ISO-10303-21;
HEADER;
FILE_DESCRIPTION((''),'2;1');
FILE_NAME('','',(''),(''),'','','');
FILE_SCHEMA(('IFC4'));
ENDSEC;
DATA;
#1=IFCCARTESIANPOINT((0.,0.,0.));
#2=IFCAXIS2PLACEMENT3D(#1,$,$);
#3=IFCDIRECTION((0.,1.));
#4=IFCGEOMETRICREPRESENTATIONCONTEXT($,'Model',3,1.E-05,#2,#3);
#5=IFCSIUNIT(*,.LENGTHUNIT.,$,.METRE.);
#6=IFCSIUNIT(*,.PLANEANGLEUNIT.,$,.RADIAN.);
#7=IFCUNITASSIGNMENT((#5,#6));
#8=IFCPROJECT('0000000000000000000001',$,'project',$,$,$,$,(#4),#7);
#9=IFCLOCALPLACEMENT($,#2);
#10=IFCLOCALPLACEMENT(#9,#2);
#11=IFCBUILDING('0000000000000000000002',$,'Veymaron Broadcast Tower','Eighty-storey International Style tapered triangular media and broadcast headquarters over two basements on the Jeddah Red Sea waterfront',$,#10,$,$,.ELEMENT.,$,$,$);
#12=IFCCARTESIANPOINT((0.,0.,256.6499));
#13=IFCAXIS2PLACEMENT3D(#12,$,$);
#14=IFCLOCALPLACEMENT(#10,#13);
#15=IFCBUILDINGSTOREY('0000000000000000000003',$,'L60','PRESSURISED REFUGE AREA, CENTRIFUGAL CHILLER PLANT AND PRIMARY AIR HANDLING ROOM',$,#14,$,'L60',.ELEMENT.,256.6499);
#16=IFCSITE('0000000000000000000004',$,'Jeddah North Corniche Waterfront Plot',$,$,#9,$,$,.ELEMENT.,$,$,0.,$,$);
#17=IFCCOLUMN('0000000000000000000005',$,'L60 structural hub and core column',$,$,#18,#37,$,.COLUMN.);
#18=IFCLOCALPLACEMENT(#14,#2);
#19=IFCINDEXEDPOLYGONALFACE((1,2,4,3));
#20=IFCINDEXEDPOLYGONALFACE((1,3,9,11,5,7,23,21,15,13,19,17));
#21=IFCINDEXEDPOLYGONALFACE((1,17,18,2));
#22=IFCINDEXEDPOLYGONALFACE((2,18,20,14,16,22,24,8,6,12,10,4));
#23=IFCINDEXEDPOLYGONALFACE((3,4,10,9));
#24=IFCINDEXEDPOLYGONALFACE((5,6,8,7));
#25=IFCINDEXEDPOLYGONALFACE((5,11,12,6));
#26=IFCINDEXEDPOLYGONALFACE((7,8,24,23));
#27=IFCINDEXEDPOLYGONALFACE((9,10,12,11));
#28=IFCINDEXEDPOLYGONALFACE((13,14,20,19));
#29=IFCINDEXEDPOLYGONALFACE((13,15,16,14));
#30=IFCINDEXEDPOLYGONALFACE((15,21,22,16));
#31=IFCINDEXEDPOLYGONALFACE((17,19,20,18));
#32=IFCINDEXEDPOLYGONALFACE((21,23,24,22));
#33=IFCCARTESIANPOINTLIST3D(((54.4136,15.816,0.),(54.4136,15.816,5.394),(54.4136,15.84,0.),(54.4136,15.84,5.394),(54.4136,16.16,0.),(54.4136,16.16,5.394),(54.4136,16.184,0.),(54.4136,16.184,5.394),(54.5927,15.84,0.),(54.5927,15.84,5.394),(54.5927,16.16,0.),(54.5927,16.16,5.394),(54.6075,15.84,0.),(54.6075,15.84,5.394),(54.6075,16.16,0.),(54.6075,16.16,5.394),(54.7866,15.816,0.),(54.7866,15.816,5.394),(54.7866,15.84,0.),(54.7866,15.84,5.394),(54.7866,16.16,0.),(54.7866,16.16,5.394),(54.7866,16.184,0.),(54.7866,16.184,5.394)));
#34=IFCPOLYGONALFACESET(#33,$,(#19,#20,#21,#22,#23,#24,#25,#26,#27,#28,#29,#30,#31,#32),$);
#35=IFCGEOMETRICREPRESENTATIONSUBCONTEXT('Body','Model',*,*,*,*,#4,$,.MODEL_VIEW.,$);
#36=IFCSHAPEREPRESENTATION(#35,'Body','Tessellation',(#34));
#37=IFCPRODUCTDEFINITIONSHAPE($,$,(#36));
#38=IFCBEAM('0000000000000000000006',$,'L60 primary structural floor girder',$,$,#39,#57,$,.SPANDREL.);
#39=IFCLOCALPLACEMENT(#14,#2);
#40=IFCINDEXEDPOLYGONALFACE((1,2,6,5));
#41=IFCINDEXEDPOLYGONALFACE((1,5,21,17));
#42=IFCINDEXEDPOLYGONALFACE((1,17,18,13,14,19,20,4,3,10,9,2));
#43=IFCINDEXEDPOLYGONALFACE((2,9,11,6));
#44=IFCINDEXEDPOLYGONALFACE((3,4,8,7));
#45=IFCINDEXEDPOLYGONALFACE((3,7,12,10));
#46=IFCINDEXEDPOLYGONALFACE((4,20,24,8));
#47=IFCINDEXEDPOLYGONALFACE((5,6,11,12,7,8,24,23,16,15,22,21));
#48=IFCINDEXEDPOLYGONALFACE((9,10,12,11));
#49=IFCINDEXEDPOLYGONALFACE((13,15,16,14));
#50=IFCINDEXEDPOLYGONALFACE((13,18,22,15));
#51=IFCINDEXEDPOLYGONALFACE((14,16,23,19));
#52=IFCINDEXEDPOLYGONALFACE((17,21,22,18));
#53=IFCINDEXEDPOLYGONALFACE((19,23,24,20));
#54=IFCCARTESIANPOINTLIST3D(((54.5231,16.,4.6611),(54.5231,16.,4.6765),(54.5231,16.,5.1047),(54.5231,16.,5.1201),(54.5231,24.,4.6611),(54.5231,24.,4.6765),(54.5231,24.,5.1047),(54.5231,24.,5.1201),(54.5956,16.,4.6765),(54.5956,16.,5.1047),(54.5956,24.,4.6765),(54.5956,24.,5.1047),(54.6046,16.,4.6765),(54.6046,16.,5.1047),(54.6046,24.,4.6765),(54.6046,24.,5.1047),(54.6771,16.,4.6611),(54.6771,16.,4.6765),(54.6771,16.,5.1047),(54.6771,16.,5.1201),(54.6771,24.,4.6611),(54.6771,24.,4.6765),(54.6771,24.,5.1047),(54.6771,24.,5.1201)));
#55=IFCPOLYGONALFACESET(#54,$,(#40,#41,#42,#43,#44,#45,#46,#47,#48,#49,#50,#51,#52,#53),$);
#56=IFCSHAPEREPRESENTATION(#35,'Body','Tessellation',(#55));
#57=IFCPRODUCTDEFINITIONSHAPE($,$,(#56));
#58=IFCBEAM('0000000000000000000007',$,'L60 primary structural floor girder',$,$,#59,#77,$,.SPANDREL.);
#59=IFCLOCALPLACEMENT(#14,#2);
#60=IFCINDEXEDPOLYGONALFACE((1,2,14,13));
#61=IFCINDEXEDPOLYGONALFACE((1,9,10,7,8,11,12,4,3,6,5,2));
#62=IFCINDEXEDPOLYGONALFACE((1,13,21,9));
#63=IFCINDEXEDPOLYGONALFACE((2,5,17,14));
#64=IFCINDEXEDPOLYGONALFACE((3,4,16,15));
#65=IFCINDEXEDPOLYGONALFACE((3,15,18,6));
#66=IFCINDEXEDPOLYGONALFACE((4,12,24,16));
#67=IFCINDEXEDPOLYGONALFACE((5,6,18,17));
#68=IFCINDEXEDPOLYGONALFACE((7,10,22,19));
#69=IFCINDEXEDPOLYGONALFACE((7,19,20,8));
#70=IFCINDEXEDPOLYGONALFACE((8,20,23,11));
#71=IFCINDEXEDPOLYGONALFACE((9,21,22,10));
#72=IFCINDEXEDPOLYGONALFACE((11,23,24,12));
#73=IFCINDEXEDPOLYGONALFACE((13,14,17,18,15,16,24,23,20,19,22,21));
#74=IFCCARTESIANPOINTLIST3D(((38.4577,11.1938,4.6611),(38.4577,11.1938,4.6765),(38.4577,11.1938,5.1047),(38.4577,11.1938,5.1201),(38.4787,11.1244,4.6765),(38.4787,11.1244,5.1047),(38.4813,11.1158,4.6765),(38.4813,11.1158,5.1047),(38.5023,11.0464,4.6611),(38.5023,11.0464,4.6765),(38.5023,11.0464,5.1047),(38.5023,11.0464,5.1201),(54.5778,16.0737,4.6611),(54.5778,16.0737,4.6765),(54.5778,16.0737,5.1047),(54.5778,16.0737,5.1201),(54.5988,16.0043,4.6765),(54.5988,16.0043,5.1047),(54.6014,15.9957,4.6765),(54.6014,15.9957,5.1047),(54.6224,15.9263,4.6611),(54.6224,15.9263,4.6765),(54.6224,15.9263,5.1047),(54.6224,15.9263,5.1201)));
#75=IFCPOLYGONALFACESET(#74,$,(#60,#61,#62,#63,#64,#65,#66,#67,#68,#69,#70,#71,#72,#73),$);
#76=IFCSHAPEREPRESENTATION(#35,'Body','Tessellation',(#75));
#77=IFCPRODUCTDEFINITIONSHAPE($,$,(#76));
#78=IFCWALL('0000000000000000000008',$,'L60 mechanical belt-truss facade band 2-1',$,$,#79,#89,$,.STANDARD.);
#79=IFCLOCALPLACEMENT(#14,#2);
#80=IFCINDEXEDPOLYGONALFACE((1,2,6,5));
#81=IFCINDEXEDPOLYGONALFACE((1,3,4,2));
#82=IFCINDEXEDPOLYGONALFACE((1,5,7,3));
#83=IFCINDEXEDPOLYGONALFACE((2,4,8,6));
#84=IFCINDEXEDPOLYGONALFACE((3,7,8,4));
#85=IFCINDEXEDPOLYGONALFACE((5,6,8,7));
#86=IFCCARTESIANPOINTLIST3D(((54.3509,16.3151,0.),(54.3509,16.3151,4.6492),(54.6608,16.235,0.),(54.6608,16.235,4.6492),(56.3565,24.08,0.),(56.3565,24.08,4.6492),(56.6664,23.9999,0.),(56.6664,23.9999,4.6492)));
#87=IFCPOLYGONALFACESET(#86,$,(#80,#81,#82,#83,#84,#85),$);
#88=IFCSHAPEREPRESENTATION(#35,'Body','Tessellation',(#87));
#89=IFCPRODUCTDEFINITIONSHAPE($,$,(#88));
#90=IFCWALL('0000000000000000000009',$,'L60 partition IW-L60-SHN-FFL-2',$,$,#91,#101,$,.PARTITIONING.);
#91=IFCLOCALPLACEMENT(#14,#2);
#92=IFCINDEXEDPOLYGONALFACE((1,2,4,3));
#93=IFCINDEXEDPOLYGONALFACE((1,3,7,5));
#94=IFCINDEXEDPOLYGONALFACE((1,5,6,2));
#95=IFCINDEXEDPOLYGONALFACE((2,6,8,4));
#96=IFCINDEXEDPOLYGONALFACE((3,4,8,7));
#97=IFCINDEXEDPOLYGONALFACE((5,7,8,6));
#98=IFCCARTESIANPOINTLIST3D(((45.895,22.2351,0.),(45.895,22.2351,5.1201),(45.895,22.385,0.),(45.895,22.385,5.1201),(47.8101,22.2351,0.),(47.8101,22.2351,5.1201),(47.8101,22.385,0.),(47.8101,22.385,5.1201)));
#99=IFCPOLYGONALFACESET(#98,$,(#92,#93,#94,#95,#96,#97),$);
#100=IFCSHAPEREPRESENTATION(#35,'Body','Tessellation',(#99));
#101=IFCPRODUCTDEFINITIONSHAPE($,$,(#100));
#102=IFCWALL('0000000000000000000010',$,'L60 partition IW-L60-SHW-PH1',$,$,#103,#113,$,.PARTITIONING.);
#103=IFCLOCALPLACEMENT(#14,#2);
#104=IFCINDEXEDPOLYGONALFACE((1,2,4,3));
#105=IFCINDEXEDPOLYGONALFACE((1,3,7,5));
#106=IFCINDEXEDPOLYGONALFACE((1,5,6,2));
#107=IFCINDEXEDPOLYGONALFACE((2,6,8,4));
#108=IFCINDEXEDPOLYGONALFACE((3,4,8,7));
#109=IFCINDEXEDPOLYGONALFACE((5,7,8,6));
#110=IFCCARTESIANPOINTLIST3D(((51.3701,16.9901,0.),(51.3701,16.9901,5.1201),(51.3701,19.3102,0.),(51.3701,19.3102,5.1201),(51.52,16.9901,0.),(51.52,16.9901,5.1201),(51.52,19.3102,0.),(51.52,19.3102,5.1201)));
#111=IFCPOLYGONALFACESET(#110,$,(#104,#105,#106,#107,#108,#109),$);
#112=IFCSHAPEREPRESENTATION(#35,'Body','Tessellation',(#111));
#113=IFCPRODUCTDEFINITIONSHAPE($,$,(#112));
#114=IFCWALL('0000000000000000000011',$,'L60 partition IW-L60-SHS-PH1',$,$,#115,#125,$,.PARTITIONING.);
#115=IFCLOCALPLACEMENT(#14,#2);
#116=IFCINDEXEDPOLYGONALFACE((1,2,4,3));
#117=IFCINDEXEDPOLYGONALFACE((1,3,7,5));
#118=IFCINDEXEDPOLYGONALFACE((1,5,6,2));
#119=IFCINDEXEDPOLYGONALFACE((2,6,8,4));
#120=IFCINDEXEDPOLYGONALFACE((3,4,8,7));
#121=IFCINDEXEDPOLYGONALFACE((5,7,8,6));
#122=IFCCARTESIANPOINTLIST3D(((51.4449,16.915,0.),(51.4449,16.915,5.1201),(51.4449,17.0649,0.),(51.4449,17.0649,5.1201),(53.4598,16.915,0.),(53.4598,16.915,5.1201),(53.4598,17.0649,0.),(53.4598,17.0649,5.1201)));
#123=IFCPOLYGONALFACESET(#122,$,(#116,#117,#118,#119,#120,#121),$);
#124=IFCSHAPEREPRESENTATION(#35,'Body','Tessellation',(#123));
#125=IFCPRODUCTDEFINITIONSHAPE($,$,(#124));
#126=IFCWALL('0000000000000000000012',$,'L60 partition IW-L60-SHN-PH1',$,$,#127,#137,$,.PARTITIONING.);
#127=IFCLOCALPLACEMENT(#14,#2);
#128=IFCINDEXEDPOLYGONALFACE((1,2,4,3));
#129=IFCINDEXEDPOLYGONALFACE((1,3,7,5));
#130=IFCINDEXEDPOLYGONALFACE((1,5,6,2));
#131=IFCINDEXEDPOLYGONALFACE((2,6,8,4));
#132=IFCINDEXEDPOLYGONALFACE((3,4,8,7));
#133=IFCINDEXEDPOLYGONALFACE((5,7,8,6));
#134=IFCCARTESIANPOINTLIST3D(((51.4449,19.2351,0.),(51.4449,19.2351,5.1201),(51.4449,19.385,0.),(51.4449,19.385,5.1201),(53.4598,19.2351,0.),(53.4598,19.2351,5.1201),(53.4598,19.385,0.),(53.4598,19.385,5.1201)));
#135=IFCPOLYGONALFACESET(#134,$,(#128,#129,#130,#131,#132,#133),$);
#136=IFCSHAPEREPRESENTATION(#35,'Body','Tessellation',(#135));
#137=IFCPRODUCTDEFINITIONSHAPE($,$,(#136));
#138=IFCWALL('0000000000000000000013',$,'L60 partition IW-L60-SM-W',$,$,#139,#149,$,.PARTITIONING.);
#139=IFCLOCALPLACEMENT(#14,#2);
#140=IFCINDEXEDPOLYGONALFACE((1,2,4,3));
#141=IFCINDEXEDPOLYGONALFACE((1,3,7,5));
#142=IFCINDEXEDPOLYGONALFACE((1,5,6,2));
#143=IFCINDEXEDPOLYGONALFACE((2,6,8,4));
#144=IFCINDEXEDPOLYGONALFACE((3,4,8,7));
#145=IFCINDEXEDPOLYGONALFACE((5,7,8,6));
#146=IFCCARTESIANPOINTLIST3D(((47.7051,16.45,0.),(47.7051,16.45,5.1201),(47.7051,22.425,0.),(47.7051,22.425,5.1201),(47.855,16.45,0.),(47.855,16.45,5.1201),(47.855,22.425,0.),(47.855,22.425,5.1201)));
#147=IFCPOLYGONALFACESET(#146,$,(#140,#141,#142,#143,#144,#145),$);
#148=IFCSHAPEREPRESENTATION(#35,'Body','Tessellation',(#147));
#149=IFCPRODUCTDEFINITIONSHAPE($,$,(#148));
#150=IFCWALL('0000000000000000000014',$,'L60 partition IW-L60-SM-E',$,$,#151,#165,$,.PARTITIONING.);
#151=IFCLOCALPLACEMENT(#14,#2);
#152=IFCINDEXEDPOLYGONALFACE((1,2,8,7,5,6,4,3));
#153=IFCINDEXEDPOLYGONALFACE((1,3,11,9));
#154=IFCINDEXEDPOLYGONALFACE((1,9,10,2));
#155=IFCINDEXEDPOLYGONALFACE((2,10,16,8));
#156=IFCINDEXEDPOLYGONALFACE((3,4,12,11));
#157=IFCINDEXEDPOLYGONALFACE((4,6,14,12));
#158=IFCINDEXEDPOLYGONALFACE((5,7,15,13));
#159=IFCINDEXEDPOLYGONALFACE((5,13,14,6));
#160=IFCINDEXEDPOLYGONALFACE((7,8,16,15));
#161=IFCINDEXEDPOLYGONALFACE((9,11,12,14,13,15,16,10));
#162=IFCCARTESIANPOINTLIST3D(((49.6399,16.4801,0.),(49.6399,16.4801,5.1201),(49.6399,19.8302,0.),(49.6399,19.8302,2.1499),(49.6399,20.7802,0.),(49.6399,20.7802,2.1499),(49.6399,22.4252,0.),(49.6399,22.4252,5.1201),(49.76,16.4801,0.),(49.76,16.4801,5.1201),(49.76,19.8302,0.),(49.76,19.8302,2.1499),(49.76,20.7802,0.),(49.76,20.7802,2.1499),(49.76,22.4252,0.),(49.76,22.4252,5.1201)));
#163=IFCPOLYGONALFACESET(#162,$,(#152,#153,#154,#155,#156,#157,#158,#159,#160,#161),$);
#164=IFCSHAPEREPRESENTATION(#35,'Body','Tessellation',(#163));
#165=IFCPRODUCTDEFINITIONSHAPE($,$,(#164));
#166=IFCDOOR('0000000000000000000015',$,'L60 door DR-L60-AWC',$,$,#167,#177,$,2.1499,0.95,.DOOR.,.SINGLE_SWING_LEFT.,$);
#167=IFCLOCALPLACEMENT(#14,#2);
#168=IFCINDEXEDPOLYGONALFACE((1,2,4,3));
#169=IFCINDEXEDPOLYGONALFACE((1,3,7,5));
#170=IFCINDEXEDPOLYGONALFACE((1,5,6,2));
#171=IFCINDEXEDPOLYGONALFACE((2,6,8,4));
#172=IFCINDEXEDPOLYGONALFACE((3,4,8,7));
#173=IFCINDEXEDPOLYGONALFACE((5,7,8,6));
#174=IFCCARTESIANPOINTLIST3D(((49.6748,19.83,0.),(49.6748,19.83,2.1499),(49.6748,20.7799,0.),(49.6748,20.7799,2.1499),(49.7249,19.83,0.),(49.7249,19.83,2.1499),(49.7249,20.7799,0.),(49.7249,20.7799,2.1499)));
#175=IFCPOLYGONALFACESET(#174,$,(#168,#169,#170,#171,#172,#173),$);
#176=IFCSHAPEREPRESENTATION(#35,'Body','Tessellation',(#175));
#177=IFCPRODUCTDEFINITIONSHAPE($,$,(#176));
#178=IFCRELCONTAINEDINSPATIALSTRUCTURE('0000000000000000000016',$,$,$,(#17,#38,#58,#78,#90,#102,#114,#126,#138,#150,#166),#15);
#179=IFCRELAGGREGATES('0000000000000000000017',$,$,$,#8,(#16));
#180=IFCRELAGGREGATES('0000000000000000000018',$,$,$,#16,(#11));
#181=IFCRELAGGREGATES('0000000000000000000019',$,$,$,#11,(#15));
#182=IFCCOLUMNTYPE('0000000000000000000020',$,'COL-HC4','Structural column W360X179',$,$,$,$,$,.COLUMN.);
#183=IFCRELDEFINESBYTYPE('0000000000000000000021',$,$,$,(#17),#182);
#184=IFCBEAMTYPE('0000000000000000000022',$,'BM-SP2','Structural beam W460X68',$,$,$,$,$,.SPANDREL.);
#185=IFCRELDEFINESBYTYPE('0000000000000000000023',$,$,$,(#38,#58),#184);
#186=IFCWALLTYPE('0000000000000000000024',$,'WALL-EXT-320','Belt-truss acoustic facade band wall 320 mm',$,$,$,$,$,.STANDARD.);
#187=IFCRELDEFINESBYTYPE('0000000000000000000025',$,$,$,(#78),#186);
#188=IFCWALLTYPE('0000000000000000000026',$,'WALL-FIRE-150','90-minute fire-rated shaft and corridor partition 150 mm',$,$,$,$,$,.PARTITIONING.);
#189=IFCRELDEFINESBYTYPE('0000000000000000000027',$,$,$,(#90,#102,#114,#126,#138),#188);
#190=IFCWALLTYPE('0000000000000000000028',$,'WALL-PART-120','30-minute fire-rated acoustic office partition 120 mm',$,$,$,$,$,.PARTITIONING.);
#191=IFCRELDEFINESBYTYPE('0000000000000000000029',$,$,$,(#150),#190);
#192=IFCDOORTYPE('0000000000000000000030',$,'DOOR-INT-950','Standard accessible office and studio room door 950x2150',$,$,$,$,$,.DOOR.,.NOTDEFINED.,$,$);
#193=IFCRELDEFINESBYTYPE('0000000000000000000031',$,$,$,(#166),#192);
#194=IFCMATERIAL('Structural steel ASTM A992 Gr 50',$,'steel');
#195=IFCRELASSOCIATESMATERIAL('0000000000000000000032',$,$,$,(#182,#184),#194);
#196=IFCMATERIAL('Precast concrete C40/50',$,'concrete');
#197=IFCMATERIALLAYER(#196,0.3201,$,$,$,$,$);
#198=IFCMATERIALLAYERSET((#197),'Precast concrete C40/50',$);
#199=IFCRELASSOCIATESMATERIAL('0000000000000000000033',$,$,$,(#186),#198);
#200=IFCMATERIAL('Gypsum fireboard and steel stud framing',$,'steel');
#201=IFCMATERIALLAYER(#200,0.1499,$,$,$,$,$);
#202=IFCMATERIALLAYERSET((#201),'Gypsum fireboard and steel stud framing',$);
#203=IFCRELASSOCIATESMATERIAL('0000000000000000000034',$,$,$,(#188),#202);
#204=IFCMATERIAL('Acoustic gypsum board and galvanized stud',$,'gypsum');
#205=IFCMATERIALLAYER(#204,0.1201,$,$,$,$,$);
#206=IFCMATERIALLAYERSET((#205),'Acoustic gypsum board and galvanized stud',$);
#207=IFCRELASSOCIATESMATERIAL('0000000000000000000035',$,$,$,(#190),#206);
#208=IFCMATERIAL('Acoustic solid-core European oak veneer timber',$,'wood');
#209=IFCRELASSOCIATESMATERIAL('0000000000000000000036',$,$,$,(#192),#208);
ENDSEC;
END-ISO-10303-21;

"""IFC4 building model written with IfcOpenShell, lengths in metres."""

from ifc_helpers import new_model, si_unit, direction, frame, frame_2d, origin, origin_2d, place, context, subcontext, project, spatial, rectangle, i_section, extrude, material, layer, layer_set, material_profile, profile_set, type_object, element, fill, save


model = new_model("IFC4")

# Units and contexts
model_context = context("Model", 3, precision=1e-05, world=origin(), true_north=direction((0.0, 1.0)))
body_context = subcontext(model_context, "Body", "Model", "MODEL_VIEW")
ifc_project = project(units=[si_unit("LENGTHUNIT", "METRE"), si_unit("PLANEANGLEUNIT", "RADIAN")], contexts=[model_context])

# Site, building, storey
site_placement = place(None, origin())
site = spatial("IfcSite", under=ifc_project, at=site_placement, Name="Jeddah North Corniche Waterfront Plot", CompositionType="ELEMENT", RefElevation=0.0)
building_placement = place(site_placement, origin())
building = spatial("IfcBuilding", under=site, at=building_placement, Name="Veymaron Broadcast Tower", Description="Eighty-storey International Style tapered triangular media and broadcast headquarters over two basements on the Jeddah Red Sea waterfront", CompositionType="ELEMENT")
storey_placement = place(building_placement, frame((0.0, 0.0, 256.6499)))
storey = spatial("IfcBuildingStorey", under=building, at=storey_placement, Name="L60", Description="PRESSURISED REFUGE AREA, CENTRIFUGAL CHILLER PLANT AND PRIMARY AIR HANDLING ROOM", LongName="L60", CompositionType="ELEMENT", Elevation=256.6499)

# Column
ifc_material_1 = material(Name="Structural steel ASTM A992 Gr 50", Category="steel")
ifc_material_profile_1 = material_profile(ifc_material_1, i_section(OverallWidth=0.373, OverallDepth=0.3679, WebThickness=0.0149, FlangeThickness=0.0239, at=origin_2d()), Name="W360X179")
ifc_profile_set_1 = profile_set([ifc_material_profile_1], Name="Structural steel ASTM A992 Gr 50")
column_type = type_object("IfcColumnType", Name="COL-HC4", Description="Structural column W360X179", PredefinedType="COLUMN", material=ifc_profile_set_1)
column_placement = place(storey_placement, frame((54.6001, 16.0, 0.0), z_axis=(0.0, 0.0, 1.0), x_axis=(1.0, 0.0, 0.0)))
element("IfcColumn", 1, at=column_placement, inside=storey, type_object=column_type, Name="L60 structural hub and core column", PredefinedType="COLUMN", context=body_context, shape_type="SweptSolid", body=[
    extrude(i_section(OverallWidth=0.373, OverallDepth=0.3679, WebThickness=0.0149, FlangeThickness=0.0239, at=origin_2d()), origin(), (0.0, 0.0, 1.0), 5.394),
])

# Beams
ifc_material_profile_2 = material_profile(ifc_material_1, i_section(OverallWidth=0.1541, OverallDepth=0.459, WebThickness=0.009, FlangeThickness=0.0154, at=origin_2d()), Name="W460X68")
ifc_profile_set_2 = profile_set([ifc_material_profile_2], Name="Structural steel ASTM A992 Gr 50")
beam_type = type_object("IfcBeamType", Name="BM-SP2", Description="Structural beam W460X68", PredefinedType="SPANDREL", material=ifc_profile_set_2)
beam_1_placement = place(storey_placement, frame((54.6001, 16.0, 4.8906), z_axis=(0.0, 1.0, 0.0), x_axis=(-1.0, 0.0, 0.0)))
element("IfcBeam", 2, at=beam_1_placement, inside=storey, type_object=beam_type, Name="L60 primary structural floor girder", PredefinedType="SPANDREL", context=body_context, shape_type="SweptSolid", body=[
    extrude(i_section(OverallWidth=0.1541, OverallDepth=0.459, WebThickness=0.009, FlangeThickness=0.0154, at=origin_2d()), origin(), (0.0, 0.0, 1.0), 8.0),
])
beam_2_placement = place(storey_placement, frame((54.6001, 16.0, 4.8906), z_axis=(-0.957107, -0.289735, 0.0), x_axis=(0.289735, -0.957107, 0.0)))
element("IfcBeam", 3, at=beam_2_placement, inside=storey, type_object=beam_type, Name="L60 primary structural floor girder", PredefinedType="SPANDREL", context=body_context, shape_type="SweptSolid", body=[
    extrude(i_section(OverallWidth=0.1541, OverallDepth=0.459, WebThickness=0.009, FlangeThickness=0.0154, at=origin_2d()), origin(), (0.0, 0.0, 1.0), 16.8425),
])

# Wall
ifc_material_2 = material(Name="Precast concrete C40/50", Category="concrete")
ifc_layer_1 = layer(ifc_material_2, 0.3201)
ifc_layer_set_1 = layer_set([ifc_layer_1], Name="Precast concrete C40/50")
wall_type_1 = type_object("IfcWallType", Name="WALL-EXT-320", Description="Belt-truss acoustic facade band wall 320 mm", PredefinedType="STANDARD", material=ifc_layer_set_1)
wall_1_placement = place(storey_placement, frame((54.5059, 16.2751, 0.0), z_axis=(0.0, 0.0, 1.0), x_axis=(0.250085, 0.968224, 0.0)))
element("IfcWall", 4, at=wall_1_placement, inside=storey, type_object=wall_type_1, Name="L60 mechanical belt-truss facade band 2-1", PredefinedType="STANDARD", context=body_context, shape_type="SweptSolid", body=[
    extrude(rectangle(XDim=8.0198, YDim=0.3201, at=frame_2d((4.0098, 0.0))), origin(), (0.0, 0.0, 1.0), 4.6492),
])

# Shared definitions
ifc_material_3 = material(Name="Gypsum fireboard and steel stud framing", Category="steel")
ifc_layer_2 = layer(ifc_material_3, 0.1499)
ifc_layer_set_2 = layer_set([ifc_layer_2], Name="Gypsum fireboard and steel stud framing")
wall_type_2 = type_object("IfcWallType", Name="WALL-FIRE-150", Description="90-minute fire-rated shaft and corridor partition 150 mm", PredefinedType="PARTITIONING", material=ifc_layer_set_2)

# Walls
wall_2_placement = place(storey_placement, frame((45.895, 22.3101, 0.0), z_axis=(0.0, 0.0, 1.0), x_axis=(1.0, 0.0, 0.0)))
element("IfcWall", 5, at=wall_2_placement, inside=storey, type_object=wall_type_2, Name="L60 partition IW-L60-SHN-FFL-2", PredefinedType="PARTITIONING", context=body_context, shape_type="SweptSolid", body=[
    extrude(rectangle(XDim=1.915, YDim=0.1499, at=frame_2d((0.9575, 0.0))), origin(), (0.0, 0.0, 1.0), 5.1201),
])
wall_3_placement = place(storey_placement, frame((51.4451, 16.99, 0.0), z_axis=(0.0, 0.0, 1.0), x_axis=(0.0, 1.0, 0.0)))
element("IfcWall", 6, at=wall_3_placement, inside=storey, type_object=wall_type_2, Name="L60 partition IW-L60-SHW-PH1", PredefinedType="PARTITIONING", context=body_context, shape_type="SweptSolid", body=[
    extrude(rectangle(XDim=2.3201, YDim=0.1499, at=frame_2d((1.1602, 0.0))), origin(), (0.0, 0.0, 1.0), 5.1201),
])
for number, where, z_axis, x_axis, name in (
    (7, (51.4451, 16.99, 0.0), (0.0, 0.0, 1.0), (1.0, 0.0, 0.0), "L60 partition IW-L60-SHS-PH1"),
    (8, (51.4451, 19.3101, 0.0), (0.0, 0.0, 1.0), (1.0, 0.0, 0.0), "L60 partition IW-L60-SHN-PH1"),
):
    element("IfcWall", number, at=place(storey_placement, frame(where, z_axis=z_axis, x_axis=x_axis)), inside=storey, type_object=wall_type_2, Name=name, PredefinedType="PARTITIONING", context=body_context, shape_type="SweptSolid", body=[
        extrude(rectangle(XDim=2.0149, YDim=0.1499, at=frame_2d((1.0073, 0.0))), origin(), (0.0, 0.0, 1.0), 5.1201),
    ])

# Wall
wall_4_placement = place(storey_placement, frame((47.78, 16.45, 0.0), z_axis=(0.0, 0.0, 1.0), x_axis=(0.0, 1.0, 0.0)))
element("IfcWall", 9, at=wall_4_placement, inside=storey, type_object=wall_type_2, Name="L60 partition IW-L60-SM-W", PredefinedType="PARTITIONING", context=body_context, shape_type="SweptSolid", body=[
    extrude(rectangle(XDim=5.9751, YDim=0.1499, at=frame_2d((2.9875, 0.0))), origin(), (0.0, 0.0, 1.0), 5.1201),
])

# Wall, opening, door
ifc_material_4 = material(Name="Acoustic gypsum board and galvanized stud", Category="gypsum")
ifc_layer_3 = layer(ifc_material_4, 0.1201)
ifc_layer_set_3 = layer_set([ifc_layer_3], Name="Acoustic gypsum board and galvanized stud")
wall_type_3 = type_object("IfcWallType", Name="WALL-PART-120", Description="30-minute fire-rated acoustic office partition 120 mm", PredefinedType="PARTITIONING", material=ifc_layer_set_3)
wall_5_placement = place(storey_placement, frame((49.7, 16.48, 0.0), z_axis=(0.0, 0.0, 1.0), x_axis=(0.0, 1.0, 0.0)))
wall_5 = element("IfcWall", 10, at=wall_5_placement, inside=storey, type_object=wall_type_3, Name="L60 partition IW-L60-SM-E", PredefinedType="PARTITIONING", context=body_context, shape_type="SweptSolid", body=[
    extrude(rectangle(XDim=5.9451, YDim=0.1201, at=frame_2d((2.9727, 0.0))), origin(), (0.0, 0.0, 1.0), 5.1201),
])
opening_1_placement = place(wall_5_placement, frame((3.3501, 0.0, 0.0)))
opening_1 = element("IfcOpeningElement", 11, at=opening_1_placement, cuts=wall_5, PredefinedType="OPENING", context=body_context, shape_type="SweptSolid", body=[
    extrude(rectangle(XDim=0.95, YDim=2.1499, at=frame_2d((0.4751, 1.075))), frame((0.0, 0.0701, 0.0), z_axis=(0.0, -1.0, 0.0), x_axis=(1.0, 0.0, 0.0)), (0.0, 0.0, 1.0), 0.1401),
])
ifc_material_5 = material(Name="Acoustic solid-core European oak veneer timber", Category="wood")
door_type_1 = type_object("IfcDoorType", Name="DOOR-INT-950", Description="Standard accessible office and studio room door 950x2150", OperationType="NOTDEFINED", PredefinedType="DOOR", material=ifc_material_5)
door_1_placement = place(opening_1_placement, frame((0.95, 0.0, 0.0), z_axis=(0.0, 0.0, 1.0), x_axis=(-1.0, 0.0, 0.0)))
door_1 = element("IfcDoor", 12, at=door_1_placement, inside=storey, type_object=door_type_1, Name="L60 door DR-L60-AWC", OperationType="SINGLE_SWING_LEFT", OverallHeight=2.1499, OverallWidth=0.95, PredefinedType="DOOR", context=body_context, shape_type="SweptSolid", body=[
    extrude(rectangle(XDim=0.95, YDim=2.1499, at=frame_2d((0.4751, 1.075))), frame((0.0, 0.0249, 0.0), z_axis=(0.0, -1.0, 0.0), x_axis=(1.0, 0.0, 0.0)), (0.0, 0.0, 1.0), 0.05),
])
fill(opening_1, door_1)

save(model, "model.ifc")
